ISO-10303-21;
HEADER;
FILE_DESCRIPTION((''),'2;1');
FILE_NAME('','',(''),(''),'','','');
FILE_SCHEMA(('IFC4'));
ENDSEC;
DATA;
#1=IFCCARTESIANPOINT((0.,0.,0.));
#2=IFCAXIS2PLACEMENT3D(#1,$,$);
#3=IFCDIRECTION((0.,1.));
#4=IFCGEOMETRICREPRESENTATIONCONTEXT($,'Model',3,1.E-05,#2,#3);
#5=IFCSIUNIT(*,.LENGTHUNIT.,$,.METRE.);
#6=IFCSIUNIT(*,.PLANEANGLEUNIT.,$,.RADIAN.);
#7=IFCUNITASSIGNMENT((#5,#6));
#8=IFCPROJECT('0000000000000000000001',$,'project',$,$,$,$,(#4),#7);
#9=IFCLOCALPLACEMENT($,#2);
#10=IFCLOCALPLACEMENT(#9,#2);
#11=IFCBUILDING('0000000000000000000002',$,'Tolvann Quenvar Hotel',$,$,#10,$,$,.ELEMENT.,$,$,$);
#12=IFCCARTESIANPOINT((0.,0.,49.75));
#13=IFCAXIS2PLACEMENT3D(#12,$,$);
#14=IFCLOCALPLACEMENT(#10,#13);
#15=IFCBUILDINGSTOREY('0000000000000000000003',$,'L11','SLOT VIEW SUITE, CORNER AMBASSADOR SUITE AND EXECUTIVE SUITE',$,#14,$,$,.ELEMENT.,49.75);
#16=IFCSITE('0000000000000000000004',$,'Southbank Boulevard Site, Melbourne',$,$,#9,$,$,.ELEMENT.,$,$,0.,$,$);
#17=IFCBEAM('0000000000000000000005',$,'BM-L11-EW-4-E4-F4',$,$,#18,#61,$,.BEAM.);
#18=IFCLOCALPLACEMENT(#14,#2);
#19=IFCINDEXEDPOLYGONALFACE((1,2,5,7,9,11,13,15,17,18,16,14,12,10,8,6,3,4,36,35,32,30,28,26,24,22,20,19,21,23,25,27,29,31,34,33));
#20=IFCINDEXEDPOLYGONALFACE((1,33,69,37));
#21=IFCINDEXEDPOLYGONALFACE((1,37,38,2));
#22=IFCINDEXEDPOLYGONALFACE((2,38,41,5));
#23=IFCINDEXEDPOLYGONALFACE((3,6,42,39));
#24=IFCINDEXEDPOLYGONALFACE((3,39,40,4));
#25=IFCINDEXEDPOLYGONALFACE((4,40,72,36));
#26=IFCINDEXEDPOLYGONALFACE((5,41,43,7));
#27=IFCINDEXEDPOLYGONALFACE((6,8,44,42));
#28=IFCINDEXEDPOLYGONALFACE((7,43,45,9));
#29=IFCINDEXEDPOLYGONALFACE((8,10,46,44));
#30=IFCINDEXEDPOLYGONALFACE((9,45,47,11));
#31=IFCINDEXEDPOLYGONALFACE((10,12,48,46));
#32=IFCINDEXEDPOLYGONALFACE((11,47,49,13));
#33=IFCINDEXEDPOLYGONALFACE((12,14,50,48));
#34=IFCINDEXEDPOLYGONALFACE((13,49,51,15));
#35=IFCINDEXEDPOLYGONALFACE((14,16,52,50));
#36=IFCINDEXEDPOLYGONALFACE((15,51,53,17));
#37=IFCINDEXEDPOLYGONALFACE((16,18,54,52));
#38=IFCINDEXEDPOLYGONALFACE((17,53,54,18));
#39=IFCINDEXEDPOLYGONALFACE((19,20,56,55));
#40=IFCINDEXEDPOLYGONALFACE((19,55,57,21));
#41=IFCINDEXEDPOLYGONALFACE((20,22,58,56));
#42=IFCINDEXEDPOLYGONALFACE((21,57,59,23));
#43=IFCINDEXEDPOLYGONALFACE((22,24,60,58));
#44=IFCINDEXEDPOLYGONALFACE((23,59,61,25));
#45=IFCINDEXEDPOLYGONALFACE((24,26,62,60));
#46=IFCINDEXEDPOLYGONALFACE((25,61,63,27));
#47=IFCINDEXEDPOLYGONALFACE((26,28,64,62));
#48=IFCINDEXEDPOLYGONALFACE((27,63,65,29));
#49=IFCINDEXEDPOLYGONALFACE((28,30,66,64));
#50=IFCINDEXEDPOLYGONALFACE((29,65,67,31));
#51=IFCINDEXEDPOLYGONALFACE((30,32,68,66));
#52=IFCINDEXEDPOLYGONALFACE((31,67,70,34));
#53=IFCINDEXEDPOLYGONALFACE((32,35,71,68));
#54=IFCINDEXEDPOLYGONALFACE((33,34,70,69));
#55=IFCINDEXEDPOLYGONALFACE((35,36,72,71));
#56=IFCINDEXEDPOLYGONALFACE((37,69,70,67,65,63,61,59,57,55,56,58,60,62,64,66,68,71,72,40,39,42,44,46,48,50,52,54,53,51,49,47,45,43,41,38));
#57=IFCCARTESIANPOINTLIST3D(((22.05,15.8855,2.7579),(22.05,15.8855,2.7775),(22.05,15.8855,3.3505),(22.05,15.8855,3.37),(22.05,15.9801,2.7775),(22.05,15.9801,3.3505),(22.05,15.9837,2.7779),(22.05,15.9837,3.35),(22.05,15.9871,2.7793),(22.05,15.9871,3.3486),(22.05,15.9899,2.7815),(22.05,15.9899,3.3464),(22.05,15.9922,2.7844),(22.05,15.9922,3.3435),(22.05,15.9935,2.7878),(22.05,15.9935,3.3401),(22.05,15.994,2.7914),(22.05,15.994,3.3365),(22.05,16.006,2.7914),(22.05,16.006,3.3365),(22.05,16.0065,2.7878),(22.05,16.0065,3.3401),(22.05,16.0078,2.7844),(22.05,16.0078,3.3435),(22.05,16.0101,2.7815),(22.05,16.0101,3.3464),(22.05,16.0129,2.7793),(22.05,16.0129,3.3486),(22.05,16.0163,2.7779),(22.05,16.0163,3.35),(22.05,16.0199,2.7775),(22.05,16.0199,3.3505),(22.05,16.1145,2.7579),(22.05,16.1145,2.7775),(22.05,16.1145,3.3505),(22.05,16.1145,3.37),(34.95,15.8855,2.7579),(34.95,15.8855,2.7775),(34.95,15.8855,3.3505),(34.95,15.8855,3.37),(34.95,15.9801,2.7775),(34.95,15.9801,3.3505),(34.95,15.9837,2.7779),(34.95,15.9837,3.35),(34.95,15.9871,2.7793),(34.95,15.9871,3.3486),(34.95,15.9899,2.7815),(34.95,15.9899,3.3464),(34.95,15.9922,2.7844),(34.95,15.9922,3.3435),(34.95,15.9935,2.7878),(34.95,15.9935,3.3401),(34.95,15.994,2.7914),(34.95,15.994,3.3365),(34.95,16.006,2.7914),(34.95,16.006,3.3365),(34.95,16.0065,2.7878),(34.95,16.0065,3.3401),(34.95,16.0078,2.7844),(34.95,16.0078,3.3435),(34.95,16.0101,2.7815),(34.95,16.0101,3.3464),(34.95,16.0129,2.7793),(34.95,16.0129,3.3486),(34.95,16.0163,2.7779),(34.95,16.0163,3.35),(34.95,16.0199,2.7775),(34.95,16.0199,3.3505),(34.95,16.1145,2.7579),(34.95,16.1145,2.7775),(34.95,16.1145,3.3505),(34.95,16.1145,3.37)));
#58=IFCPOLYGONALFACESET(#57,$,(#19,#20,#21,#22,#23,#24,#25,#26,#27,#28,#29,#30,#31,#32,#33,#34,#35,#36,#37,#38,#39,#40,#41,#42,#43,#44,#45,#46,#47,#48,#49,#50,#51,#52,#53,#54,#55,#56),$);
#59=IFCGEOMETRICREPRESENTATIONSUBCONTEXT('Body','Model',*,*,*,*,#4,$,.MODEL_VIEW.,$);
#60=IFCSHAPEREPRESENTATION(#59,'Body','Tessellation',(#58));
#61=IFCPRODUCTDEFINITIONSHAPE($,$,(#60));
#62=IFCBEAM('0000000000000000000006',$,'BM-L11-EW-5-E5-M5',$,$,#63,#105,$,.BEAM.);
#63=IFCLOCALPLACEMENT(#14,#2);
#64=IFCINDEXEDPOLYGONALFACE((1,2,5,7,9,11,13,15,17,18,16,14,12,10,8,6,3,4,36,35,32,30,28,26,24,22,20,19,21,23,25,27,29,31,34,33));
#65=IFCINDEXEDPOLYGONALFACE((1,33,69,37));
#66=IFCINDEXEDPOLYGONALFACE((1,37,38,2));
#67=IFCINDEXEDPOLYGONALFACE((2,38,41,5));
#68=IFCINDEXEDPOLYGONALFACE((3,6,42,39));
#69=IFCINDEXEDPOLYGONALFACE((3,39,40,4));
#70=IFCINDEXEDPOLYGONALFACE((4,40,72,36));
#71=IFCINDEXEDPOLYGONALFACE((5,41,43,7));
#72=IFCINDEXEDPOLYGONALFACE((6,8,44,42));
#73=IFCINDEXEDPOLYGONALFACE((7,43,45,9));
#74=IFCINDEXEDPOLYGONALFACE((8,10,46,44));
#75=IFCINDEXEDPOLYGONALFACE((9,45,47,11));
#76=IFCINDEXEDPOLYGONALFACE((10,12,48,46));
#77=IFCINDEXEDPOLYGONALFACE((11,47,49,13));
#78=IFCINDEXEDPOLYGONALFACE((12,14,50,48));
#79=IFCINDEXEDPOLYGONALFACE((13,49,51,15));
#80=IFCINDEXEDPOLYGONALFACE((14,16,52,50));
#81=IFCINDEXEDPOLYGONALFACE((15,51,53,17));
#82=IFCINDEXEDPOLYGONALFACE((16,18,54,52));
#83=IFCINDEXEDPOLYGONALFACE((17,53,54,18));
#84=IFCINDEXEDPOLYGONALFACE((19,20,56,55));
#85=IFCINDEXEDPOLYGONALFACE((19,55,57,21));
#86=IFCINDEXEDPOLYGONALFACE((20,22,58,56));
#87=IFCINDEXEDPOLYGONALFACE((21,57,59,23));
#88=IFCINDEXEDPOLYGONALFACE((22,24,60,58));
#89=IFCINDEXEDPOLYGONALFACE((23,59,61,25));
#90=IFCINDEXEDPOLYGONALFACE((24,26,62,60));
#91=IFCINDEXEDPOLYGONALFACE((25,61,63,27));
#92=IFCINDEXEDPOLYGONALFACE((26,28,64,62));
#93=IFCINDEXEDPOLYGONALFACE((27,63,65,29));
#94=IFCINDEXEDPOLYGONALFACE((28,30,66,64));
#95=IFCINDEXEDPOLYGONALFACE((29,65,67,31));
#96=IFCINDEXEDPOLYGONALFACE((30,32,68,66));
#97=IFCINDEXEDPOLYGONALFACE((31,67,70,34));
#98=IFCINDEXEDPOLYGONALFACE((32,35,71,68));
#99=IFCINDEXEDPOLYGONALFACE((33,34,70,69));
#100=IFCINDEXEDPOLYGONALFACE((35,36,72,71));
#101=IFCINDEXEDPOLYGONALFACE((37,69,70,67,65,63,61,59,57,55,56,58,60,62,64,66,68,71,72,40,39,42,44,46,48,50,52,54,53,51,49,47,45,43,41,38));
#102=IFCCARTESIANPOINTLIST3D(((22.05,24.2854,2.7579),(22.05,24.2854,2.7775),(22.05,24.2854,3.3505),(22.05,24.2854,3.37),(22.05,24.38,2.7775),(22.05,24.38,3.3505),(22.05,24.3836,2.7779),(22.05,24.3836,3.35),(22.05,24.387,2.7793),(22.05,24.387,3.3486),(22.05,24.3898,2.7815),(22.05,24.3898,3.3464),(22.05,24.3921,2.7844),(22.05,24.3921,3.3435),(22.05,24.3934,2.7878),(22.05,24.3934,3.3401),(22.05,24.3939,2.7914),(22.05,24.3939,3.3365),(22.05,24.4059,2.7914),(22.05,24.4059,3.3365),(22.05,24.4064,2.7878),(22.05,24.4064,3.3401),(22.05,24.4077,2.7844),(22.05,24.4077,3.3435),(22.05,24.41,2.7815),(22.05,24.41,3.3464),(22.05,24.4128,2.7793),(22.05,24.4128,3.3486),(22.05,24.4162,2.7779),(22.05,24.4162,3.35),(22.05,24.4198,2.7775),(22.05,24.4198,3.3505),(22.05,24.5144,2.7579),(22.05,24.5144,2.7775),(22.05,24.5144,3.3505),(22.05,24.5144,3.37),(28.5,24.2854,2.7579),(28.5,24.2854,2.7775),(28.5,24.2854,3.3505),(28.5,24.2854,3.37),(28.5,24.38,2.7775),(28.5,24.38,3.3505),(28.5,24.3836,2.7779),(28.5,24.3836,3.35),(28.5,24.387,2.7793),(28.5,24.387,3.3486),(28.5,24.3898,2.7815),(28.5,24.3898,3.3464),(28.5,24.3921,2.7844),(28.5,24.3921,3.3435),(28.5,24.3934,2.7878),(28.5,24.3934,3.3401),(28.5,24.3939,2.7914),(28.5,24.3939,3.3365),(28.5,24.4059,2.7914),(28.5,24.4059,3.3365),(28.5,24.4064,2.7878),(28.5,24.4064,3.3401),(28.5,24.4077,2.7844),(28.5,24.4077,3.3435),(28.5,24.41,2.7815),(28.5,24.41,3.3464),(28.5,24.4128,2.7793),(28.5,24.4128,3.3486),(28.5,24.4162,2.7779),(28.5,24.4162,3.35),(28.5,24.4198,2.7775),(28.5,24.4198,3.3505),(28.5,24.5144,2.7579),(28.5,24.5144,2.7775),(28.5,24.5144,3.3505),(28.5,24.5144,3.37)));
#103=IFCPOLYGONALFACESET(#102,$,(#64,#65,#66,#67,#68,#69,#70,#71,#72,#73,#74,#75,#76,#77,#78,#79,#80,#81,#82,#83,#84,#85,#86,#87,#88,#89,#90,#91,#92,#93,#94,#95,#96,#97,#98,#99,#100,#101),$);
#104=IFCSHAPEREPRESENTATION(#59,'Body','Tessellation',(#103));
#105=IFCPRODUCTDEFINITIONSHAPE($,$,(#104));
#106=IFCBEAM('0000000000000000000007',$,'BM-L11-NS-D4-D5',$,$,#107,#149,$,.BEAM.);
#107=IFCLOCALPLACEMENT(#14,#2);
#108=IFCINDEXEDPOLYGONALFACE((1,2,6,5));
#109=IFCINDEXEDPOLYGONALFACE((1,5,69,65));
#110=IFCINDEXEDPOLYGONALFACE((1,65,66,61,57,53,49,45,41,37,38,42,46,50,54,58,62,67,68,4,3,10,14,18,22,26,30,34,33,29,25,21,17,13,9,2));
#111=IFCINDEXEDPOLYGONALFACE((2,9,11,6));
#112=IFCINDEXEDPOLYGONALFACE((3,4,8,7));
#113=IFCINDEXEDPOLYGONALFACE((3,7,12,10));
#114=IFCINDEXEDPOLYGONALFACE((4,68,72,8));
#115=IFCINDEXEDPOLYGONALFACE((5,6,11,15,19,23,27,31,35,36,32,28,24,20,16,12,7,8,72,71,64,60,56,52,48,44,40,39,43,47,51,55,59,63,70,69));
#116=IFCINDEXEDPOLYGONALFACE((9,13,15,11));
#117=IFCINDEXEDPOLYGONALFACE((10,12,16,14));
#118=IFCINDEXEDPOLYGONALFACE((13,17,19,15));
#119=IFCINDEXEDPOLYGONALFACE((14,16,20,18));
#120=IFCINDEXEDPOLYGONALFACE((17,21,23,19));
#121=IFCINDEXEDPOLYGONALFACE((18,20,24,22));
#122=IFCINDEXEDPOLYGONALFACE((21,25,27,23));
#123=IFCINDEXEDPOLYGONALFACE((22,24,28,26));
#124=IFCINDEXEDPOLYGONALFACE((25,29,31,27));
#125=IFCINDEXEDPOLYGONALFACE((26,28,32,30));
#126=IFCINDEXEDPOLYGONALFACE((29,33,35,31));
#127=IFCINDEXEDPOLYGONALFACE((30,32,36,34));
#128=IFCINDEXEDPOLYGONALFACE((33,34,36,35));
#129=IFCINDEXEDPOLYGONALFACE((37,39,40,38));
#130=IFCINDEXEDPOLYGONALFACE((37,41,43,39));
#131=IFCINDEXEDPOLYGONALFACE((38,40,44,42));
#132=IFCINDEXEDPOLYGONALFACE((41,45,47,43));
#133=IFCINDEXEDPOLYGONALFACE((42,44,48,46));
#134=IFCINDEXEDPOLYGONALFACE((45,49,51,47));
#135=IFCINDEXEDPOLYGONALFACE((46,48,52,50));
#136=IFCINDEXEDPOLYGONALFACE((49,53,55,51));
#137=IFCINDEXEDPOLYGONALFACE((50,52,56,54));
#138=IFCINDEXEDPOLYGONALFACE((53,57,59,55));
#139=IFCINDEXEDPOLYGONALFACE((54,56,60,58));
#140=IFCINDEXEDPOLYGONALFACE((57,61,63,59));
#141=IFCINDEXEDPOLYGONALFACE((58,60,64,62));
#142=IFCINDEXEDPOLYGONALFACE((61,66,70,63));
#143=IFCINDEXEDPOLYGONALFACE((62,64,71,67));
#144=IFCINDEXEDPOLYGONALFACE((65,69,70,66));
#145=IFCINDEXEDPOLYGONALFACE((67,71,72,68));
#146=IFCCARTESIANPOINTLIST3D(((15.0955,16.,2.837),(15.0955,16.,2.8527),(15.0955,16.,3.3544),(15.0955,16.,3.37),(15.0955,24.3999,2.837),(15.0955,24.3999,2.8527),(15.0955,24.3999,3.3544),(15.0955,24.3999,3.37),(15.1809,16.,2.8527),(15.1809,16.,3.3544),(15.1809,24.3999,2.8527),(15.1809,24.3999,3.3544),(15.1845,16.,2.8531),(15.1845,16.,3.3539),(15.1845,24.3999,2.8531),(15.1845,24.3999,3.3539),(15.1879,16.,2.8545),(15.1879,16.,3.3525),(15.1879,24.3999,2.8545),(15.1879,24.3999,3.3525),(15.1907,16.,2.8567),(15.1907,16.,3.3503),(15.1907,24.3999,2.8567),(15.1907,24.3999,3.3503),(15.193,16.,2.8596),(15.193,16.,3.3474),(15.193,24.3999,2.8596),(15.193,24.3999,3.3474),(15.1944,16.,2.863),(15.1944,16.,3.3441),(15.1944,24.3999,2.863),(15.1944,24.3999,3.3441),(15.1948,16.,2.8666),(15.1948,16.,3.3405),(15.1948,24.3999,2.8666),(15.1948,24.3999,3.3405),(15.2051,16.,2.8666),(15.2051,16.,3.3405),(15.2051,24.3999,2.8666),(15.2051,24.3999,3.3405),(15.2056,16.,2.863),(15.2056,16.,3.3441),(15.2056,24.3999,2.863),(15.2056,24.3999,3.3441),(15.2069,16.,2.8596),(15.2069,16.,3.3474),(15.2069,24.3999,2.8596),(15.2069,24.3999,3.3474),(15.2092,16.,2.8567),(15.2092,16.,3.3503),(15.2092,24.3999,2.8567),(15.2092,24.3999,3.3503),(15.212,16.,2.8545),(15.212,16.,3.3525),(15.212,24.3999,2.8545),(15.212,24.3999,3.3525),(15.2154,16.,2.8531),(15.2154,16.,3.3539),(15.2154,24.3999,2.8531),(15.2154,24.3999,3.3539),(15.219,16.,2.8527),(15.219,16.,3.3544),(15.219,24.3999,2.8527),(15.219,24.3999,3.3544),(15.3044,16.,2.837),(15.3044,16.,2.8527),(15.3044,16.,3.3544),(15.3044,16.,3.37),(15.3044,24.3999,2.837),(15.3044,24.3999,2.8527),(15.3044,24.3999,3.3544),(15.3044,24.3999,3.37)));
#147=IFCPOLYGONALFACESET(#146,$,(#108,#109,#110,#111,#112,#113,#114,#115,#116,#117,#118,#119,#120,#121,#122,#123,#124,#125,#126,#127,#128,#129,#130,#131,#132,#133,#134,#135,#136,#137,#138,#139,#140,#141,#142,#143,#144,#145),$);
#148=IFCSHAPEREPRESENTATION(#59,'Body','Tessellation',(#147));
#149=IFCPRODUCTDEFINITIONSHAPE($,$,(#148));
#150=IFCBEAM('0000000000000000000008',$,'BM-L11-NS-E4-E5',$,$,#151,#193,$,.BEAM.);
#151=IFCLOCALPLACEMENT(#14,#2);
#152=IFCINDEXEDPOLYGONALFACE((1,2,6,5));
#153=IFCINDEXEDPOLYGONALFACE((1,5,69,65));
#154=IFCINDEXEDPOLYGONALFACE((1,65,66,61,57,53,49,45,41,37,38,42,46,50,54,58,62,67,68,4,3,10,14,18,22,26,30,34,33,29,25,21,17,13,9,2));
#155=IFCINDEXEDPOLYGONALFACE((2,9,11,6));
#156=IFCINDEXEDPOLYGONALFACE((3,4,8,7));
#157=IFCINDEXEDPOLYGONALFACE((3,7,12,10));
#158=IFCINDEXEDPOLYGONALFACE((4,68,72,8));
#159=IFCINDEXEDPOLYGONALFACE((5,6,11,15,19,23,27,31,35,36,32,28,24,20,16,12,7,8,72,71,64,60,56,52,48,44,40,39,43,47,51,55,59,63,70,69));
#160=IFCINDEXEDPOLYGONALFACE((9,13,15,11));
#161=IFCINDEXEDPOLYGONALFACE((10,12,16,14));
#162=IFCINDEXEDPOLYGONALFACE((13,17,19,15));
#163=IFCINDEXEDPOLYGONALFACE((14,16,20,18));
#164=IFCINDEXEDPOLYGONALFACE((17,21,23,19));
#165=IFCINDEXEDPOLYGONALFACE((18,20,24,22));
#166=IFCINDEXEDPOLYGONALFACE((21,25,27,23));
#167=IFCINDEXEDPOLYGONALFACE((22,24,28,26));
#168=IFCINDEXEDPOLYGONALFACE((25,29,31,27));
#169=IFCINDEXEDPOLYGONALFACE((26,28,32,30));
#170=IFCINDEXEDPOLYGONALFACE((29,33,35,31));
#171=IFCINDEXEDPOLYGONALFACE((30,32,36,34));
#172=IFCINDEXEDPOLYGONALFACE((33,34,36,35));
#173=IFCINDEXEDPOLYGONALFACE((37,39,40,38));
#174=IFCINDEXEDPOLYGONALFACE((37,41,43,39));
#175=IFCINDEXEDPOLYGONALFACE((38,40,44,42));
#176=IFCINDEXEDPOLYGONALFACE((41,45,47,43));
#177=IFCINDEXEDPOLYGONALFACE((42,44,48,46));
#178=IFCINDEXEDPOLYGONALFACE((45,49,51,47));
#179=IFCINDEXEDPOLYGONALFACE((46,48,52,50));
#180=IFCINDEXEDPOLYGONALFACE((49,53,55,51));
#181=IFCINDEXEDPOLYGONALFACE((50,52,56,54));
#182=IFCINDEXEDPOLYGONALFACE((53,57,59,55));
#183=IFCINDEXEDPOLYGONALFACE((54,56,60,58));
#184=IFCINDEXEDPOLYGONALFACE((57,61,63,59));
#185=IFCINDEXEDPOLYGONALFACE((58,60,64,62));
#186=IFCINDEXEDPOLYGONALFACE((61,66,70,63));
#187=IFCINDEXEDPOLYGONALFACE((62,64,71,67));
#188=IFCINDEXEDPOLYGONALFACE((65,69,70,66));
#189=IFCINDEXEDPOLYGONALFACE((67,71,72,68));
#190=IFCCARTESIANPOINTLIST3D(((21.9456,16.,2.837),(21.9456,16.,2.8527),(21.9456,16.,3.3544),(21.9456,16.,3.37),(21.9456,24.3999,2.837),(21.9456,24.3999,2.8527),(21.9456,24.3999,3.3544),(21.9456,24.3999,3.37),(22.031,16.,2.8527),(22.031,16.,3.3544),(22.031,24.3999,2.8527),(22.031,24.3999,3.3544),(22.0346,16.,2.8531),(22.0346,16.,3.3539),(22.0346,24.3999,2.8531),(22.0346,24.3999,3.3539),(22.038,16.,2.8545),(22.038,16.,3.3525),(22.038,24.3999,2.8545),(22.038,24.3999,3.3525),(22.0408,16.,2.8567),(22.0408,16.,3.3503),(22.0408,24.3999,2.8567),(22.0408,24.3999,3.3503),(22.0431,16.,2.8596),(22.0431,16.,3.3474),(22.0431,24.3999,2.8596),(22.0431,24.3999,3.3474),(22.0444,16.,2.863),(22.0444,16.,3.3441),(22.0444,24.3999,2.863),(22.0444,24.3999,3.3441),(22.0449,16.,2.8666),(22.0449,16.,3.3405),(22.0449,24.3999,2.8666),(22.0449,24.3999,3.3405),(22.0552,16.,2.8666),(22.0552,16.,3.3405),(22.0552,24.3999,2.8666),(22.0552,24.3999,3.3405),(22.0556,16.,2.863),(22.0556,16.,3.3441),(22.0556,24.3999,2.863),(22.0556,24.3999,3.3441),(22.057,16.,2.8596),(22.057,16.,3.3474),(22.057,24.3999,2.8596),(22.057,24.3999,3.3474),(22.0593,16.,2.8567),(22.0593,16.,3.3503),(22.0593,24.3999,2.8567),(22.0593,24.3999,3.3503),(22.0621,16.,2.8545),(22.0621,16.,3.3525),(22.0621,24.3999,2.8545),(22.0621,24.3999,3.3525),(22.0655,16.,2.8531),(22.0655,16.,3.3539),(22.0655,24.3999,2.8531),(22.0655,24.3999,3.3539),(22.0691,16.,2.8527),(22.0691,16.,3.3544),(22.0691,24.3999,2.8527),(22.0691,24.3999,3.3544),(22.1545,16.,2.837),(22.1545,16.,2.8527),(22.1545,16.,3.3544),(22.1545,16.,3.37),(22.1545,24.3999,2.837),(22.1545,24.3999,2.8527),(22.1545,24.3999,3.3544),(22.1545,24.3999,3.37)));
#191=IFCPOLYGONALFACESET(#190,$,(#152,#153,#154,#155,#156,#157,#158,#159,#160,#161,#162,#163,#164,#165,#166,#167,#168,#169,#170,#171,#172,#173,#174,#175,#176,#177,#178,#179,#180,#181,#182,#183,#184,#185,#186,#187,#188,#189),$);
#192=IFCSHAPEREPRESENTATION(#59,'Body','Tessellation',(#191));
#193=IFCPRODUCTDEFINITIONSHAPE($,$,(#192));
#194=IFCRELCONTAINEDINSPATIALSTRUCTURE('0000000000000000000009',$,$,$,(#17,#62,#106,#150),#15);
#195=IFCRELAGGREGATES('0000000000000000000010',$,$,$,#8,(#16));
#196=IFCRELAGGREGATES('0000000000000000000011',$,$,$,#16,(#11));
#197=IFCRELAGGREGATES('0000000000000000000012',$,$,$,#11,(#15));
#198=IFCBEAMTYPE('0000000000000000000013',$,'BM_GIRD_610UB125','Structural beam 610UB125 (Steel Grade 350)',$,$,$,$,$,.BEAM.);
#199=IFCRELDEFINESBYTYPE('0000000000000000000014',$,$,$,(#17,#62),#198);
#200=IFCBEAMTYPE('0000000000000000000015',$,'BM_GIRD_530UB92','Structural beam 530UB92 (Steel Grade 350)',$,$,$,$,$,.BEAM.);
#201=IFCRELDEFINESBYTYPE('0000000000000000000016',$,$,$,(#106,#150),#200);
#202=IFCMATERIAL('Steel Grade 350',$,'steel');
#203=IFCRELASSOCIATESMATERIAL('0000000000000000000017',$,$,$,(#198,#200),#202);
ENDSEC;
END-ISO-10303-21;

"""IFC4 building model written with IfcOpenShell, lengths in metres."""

from ifc_helpers import new_model, si_unit, direction, frame, origin, origin_2d, place, context, subcontext, project, spatial, i_section, extrude, source, transform, mapped, material, material_profile, profile_set, type_object, type_shapes, element, save


model = new_model("IFC4")

# Units and contexts
model_context = context("Model", 3, precision=1e-05, world=origin(), true_north=direction((0.0, 1.0)))
body_context = subcontext(model_context, "Body", "Model", "MODEL_VIEW")
ifc_project = project(units=[si_unit("LENGTHUNIT", "METRE"), si_unit("PLANEANGLEUNIT", "RADIAN")], contexts=[model_context])

# Site, building, storey
site_placement = place(None, origin())
site = spatial("IfcSite", under=ifc_project, at=site_placement, Name="Southbank Boulevard Site, Melbourne", CompositionType="ELEMENT", RefElevation=0.0)
building_placement = place(site_placement, origin())
building = spatial("IfcBuilding", under=site, at=building_placement, Name="Tolvann Quenvar Hotel", CompositionType="ELEMENT")
storey_placement = place(building_placement, frame((0.0, 0.0, 49.75)))
storey = spatial("IfcBuildingStorey", under=building, at=storey_placement, Name="L11", Description="SLOT VIEW SUITE, CORNER AMBASSADOR SUITE AND EXECUTIVE SUITE", CompositionType="ELEMENT", Elevation=49.75)

# Shared definitions
ifc_material_1 = material(Name="Steel Grade 350", Category="steel")

# Beams
ifc_material_profile_1 = material_profile(ifc_material_1, i_section(OverallWidth=0.229, OverallDepth=0.6121, WebThickness=0.012, FlangeThickness=0.0195, FilletRadius=0.0139, at=origin_2d()), Name="610UB125")
ifc_profile_set_1 = profile_set([ifc_material_profile_1], Name="Steel Grade 350")
beam_type_1 = type_object("IfcBeamType", Name="BM_GIRD_610UB125", Description="Structural beam 610UB125 (Steel Grade 350)", PredefinedType="BEAM", material=ifc_profile_set_1)
shared_shape_1 = source(origin(), body_context, "Body", "SweptSolid", [
    extrude(i_section(OverallWidth=0.229, OverallDepth=0.6121, WebThickness=0.012, FlangeThickness=0.0195, FilletRadius=0.0139, at=origin_2d()), origin(), (0.0, 0.0, 1.0), 12.8999),
])
beam_1_placement = place(storey_placement, frame((22.05, 16.0, 3.064), z_axis=(1.0, 0.0, 0.0), x_axis=(0.0, 1.0, 0.0)))
element("IfcBeam", 1, at=beam_1_placement, inside=storey, type_object=beam_type_1, Name="BM-L11-EW-4-E4-F4", PredefinedType="BEAM", context=body_context, shape_type="MappedRepresentation", body=[
    mapped(shared_shape_1, transform((0.0, 0.0, 0.0), x_axis=(1.0, 0.0, 0.0), y_axis=(0.0, 1.0, 0.0), z_axis=(0.0, 0.0, 1.0), scale=1.0)),
])
shared_shape_2 = source(origin(), body_context, "Body", "SweptSolid", [
    extrude(i_section(OverallWidth=0.229, OverallDepth=0.6121, WebThickness=0.012, FlangeThickness=0.0195, FilletRadius=0.0139, at=origin_2d()), origin(), (0.0, 0.0, 1.0), 6.45),
])
beam_2_placement = place(storey_placement, frame((22.05, 24.3999, 3.064), z_axis=(1.0, 0.0, 0.0), x_axis=(0.0, 1.0, 0.0)))
element("IfcBeam", 2, at=beam_2_placement, inside=storey, type_object=beam_type_1, Name="BM-L11-EW-5-E5-M5", PredefinedType="BEAM", context=body_context, shape_type="MappedRepresentation", body=[
    mapped(shared_shape_2, transform((0.0, 0.0, 0.0), x_axis=(1.0, 0.0, 0.0), y_axis=(0.0, 1.0, 0.0), z_axis=(0.0, 0.0, 1.0), scale=1.0)),
])
ifc_material_profile_2 = material_profile(ifc_material_1, i_section(OverallWidth=0.209, OverallDepth=0.533, WebThickness=0.0103, FlangeThickness=0.0156, FilletRadius=0.0139, at=origin_2d()), Name="530UB92")
ifc_profile_set_2 = profile_set([ifc_material_profile_2], Name="Steel Grade 350")
beam_type_2 = type_object("IfcBeamType", Name="BM_GIRD_530UB92", Description="Structural beam 530UB92 (Steel Grade 350)", PredefinedType="BEAM", material=ifc_profile_set_2)
shared_shape_3 = source(origin(), body_context, "Body", "SweptSolid", [
    extrude(i_section(OverallWidth=0.209, OverallDepth=0.533, WebThickness=0.0103, FlangeThickness=0.0156, FilletRadius=0.0139, at=origin_2d()), origin(), (0.0, 0.0, 1.0), 8.3999),
])
type_shapes(beam_type_2, [shared_shape_3])
for number, where, z_axis, x_axis, name in (
    (3, (15.2, 16.0, 3.1035), (0.0, 1.0, 0.0), (-1.0, 0.0, 0.0), "BM-L11-NS-D4-D5"),
    (4, (22.05, 16.0, 3.1035), (0.0, 1.0, 0.0), (-1.0, 0.0, 0.0), "BM-L11-NS-E4-E5"),
):
    element("IfcBeam", number, at=place(storey_placement, frame(where, z_axis=z_axis, x_axis=x_axis)), inside=storey, type_object=beam_type_2, Name=name, PredefinedType="BEAM", context=body_context, shape_type="MappedRepresentation", body=[
        mapped(shared_shape_3, transform((0.0, 0.0, 0.0), x_axis=(1.0, 0.0, 0.0), y_axis=(0.0, 1.0, 0.0), z_axis=(0.0, 0.0, 1.0), scale=1.0)),
    ])

save(model, "model.ifc")
